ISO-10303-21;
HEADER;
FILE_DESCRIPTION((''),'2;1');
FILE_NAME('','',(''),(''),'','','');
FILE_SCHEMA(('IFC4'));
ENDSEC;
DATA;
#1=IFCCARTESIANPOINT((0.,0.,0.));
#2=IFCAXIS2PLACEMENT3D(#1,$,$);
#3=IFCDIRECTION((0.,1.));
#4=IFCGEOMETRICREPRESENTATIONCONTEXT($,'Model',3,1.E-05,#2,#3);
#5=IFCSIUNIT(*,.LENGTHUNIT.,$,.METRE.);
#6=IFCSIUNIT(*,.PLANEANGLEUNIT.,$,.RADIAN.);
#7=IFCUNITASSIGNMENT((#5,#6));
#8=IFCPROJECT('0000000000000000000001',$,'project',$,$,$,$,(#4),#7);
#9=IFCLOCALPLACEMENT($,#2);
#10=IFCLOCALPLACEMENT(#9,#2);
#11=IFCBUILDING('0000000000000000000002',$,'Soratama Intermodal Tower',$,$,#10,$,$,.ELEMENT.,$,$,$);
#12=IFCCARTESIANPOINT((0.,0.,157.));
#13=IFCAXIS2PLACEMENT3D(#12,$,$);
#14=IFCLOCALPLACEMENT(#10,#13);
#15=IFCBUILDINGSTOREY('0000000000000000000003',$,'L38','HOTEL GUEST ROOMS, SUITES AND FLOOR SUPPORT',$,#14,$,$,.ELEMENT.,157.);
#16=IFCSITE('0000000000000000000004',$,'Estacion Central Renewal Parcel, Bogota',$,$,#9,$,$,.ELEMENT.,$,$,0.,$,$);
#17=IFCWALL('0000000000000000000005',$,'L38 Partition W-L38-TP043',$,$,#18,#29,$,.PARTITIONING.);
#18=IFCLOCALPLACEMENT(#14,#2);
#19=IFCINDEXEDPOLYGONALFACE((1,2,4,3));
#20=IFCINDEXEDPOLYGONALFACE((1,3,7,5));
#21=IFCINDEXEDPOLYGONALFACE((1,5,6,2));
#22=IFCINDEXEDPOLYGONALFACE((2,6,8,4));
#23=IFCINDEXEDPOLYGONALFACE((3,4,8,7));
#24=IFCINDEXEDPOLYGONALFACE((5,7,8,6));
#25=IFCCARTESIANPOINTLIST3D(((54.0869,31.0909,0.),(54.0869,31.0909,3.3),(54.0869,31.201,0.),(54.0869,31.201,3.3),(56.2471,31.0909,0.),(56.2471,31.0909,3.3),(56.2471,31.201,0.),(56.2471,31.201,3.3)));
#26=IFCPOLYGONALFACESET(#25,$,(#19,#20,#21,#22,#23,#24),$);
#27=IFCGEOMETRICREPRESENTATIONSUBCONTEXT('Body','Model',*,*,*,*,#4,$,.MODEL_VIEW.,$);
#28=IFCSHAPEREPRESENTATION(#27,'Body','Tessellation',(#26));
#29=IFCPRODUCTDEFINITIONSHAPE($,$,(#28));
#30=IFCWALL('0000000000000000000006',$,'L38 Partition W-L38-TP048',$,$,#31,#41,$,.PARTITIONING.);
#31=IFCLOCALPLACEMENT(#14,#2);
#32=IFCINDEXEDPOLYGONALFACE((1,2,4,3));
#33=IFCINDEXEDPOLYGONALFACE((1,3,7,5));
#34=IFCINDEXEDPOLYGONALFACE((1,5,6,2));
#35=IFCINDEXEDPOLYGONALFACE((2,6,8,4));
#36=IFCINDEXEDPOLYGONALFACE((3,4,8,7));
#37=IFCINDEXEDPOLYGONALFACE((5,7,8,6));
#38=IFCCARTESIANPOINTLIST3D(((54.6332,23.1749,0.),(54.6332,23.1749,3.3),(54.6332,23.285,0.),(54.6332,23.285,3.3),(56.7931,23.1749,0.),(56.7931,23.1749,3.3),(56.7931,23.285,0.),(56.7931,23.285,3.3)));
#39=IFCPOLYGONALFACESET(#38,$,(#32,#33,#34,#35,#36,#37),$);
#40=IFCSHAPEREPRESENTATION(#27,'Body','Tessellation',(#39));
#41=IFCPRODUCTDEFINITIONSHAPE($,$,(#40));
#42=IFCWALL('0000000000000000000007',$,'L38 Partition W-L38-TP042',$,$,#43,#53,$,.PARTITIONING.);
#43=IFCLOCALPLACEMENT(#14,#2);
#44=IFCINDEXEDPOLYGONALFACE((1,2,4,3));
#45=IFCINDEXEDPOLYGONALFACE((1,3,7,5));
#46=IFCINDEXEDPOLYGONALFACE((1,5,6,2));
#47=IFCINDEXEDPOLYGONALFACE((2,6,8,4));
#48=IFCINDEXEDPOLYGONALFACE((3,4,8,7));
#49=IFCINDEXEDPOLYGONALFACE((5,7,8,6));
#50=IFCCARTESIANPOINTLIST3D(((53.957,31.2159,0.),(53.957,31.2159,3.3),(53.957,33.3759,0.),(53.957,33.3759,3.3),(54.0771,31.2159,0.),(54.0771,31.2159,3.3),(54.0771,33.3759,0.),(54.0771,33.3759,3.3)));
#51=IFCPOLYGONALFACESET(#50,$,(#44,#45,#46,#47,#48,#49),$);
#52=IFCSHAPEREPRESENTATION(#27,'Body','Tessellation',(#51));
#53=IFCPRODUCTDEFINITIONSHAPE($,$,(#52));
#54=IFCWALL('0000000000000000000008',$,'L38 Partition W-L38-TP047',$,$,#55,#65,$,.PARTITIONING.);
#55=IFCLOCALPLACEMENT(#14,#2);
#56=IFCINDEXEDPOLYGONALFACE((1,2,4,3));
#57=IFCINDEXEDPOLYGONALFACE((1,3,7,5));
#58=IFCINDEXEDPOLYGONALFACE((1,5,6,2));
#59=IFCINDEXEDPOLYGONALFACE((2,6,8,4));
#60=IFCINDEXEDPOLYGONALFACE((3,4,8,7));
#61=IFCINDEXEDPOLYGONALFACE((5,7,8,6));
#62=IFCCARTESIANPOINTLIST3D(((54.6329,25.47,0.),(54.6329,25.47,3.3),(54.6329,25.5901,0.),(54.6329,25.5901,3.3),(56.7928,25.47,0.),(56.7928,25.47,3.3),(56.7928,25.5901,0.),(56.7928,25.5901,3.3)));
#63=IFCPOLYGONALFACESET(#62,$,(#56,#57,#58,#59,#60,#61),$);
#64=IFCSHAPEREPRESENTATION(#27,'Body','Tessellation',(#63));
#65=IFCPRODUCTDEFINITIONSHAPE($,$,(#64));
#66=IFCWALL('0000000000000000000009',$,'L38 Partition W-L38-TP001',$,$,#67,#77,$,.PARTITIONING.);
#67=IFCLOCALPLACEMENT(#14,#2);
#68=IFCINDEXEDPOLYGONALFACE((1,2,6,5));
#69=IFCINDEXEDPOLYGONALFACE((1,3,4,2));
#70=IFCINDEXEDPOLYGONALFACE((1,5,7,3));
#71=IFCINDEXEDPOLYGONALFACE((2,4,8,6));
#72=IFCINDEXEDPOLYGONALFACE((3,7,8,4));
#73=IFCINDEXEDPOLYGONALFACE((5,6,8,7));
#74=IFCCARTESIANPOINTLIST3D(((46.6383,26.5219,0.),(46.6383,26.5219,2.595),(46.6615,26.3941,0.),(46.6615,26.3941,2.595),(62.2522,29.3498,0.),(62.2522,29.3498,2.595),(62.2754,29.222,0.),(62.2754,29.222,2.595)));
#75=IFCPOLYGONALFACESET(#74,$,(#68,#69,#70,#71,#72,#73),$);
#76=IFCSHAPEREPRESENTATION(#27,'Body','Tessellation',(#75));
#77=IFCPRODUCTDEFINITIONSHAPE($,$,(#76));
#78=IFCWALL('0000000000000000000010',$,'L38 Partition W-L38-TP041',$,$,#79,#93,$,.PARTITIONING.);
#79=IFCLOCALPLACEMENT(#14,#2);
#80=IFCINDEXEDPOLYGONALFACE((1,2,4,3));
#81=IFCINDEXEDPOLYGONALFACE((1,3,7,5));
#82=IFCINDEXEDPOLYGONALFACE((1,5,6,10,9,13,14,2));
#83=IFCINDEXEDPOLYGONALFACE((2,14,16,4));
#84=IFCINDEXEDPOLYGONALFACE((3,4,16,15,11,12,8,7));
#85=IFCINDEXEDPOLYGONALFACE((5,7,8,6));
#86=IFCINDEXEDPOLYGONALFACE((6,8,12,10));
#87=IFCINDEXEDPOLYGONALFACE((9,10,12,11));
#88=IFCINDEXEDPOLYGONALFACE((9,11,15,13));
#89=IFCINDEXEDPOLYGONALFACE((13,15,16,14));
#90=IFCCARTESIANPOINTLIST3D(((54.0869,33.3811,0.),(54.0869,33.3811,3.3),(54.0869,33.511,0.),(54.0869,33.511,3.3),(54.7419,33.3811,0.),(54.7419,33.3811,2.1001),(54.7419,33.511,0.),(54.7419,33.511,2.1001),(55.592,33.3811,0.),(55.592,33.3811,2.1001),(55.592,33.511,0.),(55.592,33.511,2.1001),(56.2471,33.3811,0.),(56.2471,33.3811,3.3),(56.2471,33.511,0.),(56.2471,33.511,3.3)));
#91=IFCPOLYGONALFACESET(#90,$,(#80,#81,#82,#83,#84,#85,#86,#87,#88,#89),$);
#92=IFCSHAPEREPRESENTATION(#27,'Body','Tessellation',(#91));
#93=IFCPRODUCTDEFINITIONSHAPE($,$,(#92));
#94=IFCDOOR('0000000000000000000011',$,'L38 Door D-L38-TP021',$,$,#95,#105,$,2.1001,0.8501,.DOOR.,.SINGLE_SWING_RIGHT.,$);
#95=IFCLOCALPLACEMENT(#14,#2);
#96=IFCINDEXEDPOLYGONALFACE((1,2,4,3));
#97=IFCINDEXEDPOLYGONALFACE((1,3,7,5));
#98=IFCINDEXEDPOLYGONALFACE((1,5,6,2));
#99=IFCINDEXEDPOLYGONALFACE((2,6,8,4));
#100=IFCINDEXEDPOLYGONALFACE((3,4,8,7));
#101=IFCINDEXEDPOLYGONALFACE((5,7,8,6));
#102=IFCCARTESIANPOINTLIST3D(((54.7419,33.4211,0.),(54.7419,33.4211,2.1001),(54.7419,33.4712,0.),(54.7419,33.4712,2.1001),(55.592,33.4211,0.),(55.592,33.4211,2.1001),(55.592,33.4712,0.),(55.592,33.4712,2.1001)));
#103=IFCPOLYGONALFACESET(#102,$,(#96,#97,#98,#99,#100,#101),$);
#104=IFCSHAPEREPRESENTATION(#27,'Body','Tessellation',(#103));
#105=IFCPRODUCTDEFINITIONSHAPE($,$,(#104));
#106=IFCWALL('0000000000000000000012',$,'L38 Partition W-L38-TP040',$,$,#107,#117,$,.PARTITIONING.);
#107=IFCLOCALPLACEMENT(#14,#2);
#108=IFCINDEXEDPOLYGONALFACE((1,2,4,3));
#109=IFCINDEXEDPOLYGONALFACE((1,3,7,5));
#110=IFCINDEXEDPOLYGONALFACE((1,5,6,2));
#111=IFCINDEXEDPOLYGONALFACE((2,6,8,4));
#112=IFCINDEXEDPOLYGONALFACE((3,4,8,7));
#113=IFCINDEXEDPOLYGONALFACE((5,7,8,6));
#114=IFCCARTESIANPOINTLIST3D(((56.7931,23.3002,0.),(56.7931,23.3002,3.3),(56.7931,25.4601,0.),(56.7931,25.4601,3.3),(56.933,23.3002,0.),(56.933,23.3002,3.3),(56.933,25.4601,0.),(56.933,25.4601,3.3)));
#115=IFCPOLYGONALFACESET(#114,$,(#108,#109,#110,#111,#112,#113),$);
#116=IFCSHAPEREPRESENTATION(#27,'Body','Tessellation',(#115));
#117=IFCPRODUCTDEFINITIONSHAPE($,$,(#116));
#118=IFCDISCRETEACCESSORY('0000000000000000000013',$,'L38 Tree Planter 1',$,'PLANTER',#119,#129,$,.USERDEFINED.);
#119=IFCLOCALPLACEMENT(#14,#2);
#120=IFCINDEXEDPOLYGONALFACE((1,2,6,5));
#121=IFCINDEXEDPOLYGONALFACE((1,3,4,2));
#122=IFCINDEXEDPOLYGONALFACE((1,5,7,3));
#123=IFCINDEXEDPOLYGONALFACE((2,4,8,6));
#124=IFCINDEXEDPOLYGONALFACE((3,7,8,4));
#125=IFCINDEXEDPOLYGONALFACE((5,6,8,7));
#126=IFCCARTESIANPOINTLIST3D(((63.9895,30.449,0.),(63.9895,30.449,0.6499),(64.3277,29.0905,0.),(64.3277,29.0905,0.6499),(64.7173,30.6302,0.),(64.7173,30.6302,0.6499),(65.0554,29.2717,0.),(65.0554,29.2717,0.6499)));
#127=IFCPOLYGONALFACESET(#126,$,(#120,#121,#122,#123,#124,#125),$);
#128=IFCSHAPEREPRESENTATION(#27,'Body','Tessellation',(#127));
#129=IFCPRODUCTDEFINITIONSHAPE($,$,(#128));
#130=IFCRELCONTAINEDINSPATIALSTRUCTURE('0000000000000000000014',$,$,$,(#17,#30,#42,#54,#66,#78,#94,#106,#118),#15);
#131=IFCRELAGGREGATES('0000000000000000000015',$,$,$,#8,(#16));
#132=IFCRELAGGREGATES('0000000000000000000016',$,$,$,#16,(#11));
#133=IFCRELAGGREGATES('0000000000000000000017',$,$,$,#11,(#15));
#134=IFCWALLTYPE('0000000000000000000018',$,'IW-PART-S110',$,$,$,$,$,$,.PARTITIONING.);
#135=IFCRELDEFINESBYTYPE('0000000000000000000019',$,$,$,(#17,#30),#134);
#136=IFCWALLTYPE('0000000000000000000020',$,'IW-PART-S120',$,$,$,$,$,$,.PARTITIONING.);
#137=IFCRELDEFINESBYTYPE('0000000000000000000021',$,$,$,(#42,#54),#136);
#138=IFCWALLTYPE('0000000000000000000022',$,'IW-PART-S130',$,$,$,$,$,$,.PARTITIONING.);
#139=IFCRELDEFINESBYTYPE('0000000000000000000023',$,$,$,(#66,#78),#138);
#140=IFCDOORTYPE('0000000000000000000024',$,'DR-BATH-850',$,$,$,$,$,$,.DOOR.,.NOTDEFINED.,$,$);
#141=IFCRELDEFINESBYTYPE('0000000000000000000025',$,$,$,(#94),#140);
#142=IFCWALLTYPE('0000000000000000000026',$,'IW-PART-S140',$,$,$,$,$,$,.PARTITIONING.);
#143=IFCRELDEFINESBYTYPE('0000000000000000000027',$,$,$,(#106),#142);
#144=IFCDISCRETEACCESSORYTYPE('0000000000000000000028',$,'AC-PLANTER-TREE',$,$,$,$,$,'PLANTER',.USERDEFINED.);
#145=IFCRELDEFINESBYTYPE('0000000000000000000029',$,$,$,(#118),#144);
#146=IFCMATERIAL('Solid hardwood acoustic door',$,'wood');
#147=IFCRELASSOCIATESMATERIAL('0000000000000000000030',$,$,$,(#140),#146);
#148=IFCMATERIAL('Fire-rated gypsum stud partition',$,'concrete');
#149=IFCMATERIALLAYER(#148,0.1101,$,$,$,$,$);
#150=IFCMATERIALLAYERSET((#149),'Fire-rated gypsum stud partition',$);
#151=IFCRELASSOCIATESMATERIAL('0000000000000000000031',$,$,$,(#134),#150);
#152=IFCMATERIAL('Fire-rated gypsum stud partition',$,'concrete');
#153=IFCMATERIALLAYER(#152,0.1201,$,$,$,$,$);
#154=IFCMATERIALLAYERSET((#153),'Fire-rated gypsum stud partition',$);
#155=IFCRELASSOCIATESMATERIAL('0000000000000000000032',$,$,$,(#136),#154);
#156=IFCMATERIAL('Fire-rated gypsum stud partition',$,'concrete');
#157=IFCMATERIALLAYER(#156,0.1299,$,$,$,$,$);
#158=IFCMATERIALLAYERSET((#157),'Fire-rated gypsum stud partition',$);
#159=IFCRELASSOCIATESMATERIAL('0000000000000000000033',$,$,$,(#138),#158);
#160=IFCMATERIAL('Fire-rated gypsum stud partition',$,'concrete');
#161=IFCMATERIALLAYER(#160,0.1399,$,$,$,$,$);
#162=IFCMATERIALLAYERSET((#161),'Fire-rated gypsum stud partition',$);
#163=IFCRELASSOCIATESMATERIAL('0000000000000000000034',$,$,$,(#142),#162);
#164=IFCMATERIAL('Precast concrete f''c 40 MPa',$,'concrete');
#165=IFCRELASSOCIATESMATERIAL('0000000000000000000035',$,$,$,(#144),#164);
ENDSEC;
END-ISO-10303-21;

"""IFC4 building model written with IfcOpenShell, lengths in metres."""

from ifc_helpers import new_model, si_unit, direction, frame, frame_2d, origin, origin_2d, place, context, subcontext, project, spatial, rectangle, extrude, material, layer, layer_set, type_object, element, fill, save


model = new_model("IFC4")

# Units and contexts
model_context = context("Model", 3, precision=1e-05, world=origin(), true_north=direction((0.0, 1.0)))
body_context = subcontext(model_context, "Body", "Model", "MODEL_VIEW")
ifc_project = project(units=[si_unit("LENGTHUNIT", "METRE"), si_unit("PLANEANGLEUNIT", "RADIAN")], contexts=[model_context])

# Site, building, storey
site_placement = place(None, origin())
site = spatial("IfcSite", under=ifc_project, at=site_placement, Name="Estacion Central Renewal Parcel, Bogota", CompositionType="ELEMENT", RefElevation=0.0)
building_placement = place(site_placement, origin())
building = spatial("IfcBuilding", under=site, at=building_placement, Name="Soratama Intermodal Tower", CompositionType="ELEMENT")
storey_placement = place(building_placement, frame((0.0, 0.0, 157.0)))
storey = spatial("IfcBuildingStorey", under=building, at=storey_placement, Name="L38", Description="HOTEL GUEST ROOMS, SUITES AND FLOOR SUPPORT", CompositionType="ELEMENT", Elevation=157.0)

# Shared definitions
ifc_material_1 = material(Name="Solid hardwood acoustic door", Category="wood")
door_type_1 = type_object("IfcDoorType", Name="DR-BATH-850", OperationType="NOTDEFINED", PredefinedType="DOOR", material=ifc_material_1)

# Walls
ifc_material_2 = material(Name="Fire-rated gypsum stud partition", Category="concrete")
ifc_layer_1 = layer(ifc_material_2, 0.1101)
ifc_layer_set_1 = layer_set([ifc_layer_1], Name="Fire-rated gypsum stud partition")
wall_type_1 = type_object("IfcWallType", Name="IW-PART-S110", PredefinedType="PARTITIONING", material=ifc_layer_set_1)
wall_1_placement = place(storey_placement, frame((54.0869, 31.146, 0.0), z_axis=(0.0, 0.0, 1.0), x_axis=(1.0, 0.0, 0.0)))
element("IfcWall", 1, at=wall_1_placement, inside=storey, type_object=wall_type_1, Name="L38 Partition W-L38-TP043", PredefinedType="PARTITIONING", context=body_context, shape_type="SweptSolid", body=[
    extrude(rectangle(XDim=2.1602, YDim=0.1101, at=frame_2d((1.0801, 0.0))), origin(), (0.0, 0.0, 1.0), 3.3),
])
wall_2_placement = place(storey_placement, frame((54.6331, 23.23, 0.0), z_axis=(0.0, 0.0, 1.0), x_axis=(1.0, 0.0, 0.0)))
element("IfcWall", 2, at=wall_2_placement, inside=storey, type_object=wall_type_1, Name="L38 Partition W-L38-TP048", PredefinedType="PARTITIONING", context=body_context, shape_type="SweptSolid", body=[
    extrude(rectangle(XDim=2.1599, YDim=0.1101, at=frame_2d((1.0801, 0.0))), origin(), (0.0, 0.0, 1.0), 3.3),
])
ifc_material_3 = material(Name="Fire-rated gypsum stud partition", Category="concrete")
ifc_layer_2 = layer(ifc_material_3, 0.1201)
ifc_layer_set_2 = layer_set([ifc_layer_2], Name="Fire-rated gypsum stud partition")
wall_type_2 = type_object("IfcWallType", Name="IW-PART-S120", PredefinedType="PARTITIONING", material=ifc_layer_set_2)
for number, where, z_axis, x_axis, name in (
    (3, (54.0171, 33.376, 0.0), (0.0, 0.0, 1.0), (0.0, -1.0, 0.0), "L38 Partition W-L38-TP042"),
    (4, (56.793, 25.53, 0.0), (0.0, 0.0, 1.0), (-1.0, 0.0, 0.0), "L38 Partition W-L38-TP047"),
):
    element("IfcWall", number, at=place(storey_placement, frame(where, z_axis=z_axis, x_axis=x_axis)), inside=storey, type_object=wall_type_2, Name=name, PredefinedType="PARTITIONING", context=body_context, shape_type="SweptSolid", body=[
        extrude(rectangle(XDim=2.1599, YDim=0.1201, at=frame_2d((1.0801, 0.0))), origin(), (0.0, 0.0, 1.0), 3.3),
    ])
ifc_material_4 = material(Name="Fire-rated gypsum stud partition", Category="concrete")
ifc_layer_3 = layer(ifc_material_4, 0.1299)
ifc_layer_set_3 = layer_set([ifc_layer_3], Name="Fire-rated gypsum stud partition")
wall_type_3 = type_object("IfcWallType", Name="IW-PART-S130", PredefinedType="PARTITIONING", material=ifc_layer_set_3)
wall_3_placement = place(storey_placement, frame((62.2639, 29.2859, 0.0), z_axis=(0.0, 0.0, 1.0), x_axis=(-0.983992, -0.178212, 0.0)))
element("IfcWall", 5, at=wall_3_placement, inside=storey, type_object=wall_type_3, Name="L38 Partition W-L38-TP001", PredefinedType="PARTITIONING", context=body_context, shape_type="SweptSolid", body=[
    extrude(rectangle(XDim=15.8679, YDim=0.1299, at=frame_2d((7.9341, 0.0))), origin(), (0.0, 0.0, 1.0), 2.595),
])

# Wall, opening, door
wall_4_placement = place(storey_placement, frame((56.2471, 33.446, 0.0), z_axis=(0.0, 0.0, 1.0), x_axis=(-1.0, 0.0, 0.0)))
wall_4 = element("IfcWall", 6, at=wall_4_placement, inside=storey, type_object=wall_type_3, Name="L38 Partition W-L38-TP041", PredefinedType="PARTITIONING", context=body_context, shape_type="SweptSolid", body=[
    extrude(rectangle(XDim=2.1602, YDim=0.1299, at=frame_2d((1.0801, 0.0))), origin(), (0.0, 0.0, 1.0), 3.3),
])
opening_1_placement = place(wall_4_placement, frame((0.655, 0.0, 0.0)))
opening_1 = element("IfcOpeningElement", 7, at=opening_1_placement, cuts=wall_4, PredefinedType="OPENING", context=body_context, shape_type="SweptSolid", body=[
    extrude(rectangle(XDim=0.8501, YDim=2.1001, at=frame_2d((0.425, 1.05))), frame((0.0, 0.075, 0.0), z_axis=(0.0, -1.0, 0.0), x_axis=(1.0, 0.0, 0.0)), (0.0, 0.0, 1.0), 0.1499),
])
door_1_placement = place(opening_1_placement, origin())
door_1 = element("IfcDoor", 8, at=door_1_placement, inside=storey, type_object=door_type_1, Name="L38 Door D-L38-TP021", OperationType="SINGLE_SWING_RIGHT", OverallHeight=2.1001, OverallWidth=0.8501, PredefinedType="DOOR", context=body_context, shape_type="SweptSolid", body=[
    extrude(rectangle(XDim=0.8501, YDim=2.1001, at=frame_2d((0.425, 1.05))), frame((0.0, 0.0249, 0.0), z_axis=(0.0, -1.0, 0.0), x_axis=(1.0, 0.0, 0.0)), (0.0, 0.0, 1.0), 0.05),
])
fill(opening_1, door_1)

# Wall
ifc_material_5 = material(Name="Fire-rated gypsum stud partition", Category="concrete")
ifc_layer_4 = layer(ifc_material_5, 0.1399)
ifc_layer_set_4 = layer_set([ifc_layer_4], Name="Fire-rated gypsum stud partition")
wall_type_4 = type_object("IfcWallType", Name="IW-PART-S140", PredefinedType="PARTITIONING", material=ifc_layer_set_4)
wall_5_placement = place(storey_placement, frame((56.863, 23.3, 0.0), z_axis=(0.0, 0.0, 1.0), x_axis=(0.0, 1.0, 0.0)))
element("IfcWall", 9, at=wall_5_placement, inside=storey, type_object=wall_type_4, Name="L38 Partition W-L38-TP040", PredefinedType="PARTITIONING", context=body_context, shape_type="SweptSolid", body=[
    extrude(rectangle(XDim=2.1599, YDim=0.1399, at=frame_2d((1.0801, 0.0))), origin(), (0.0, 0.0, 1.0), 3.3),
])

# Discrete accessory
ifc_material_6 = material(Name="Precast concrete f'c 40 MPa", Category="concrete")
discrete_accessory_type = type_object("IfcDiscreteAccessoryType", Name="AC-PLANTER-TREE", ElementType="PLANTER", PredefinedType="USERDEFINED", material=ifc_material_6)
discrete_accessory_placement = place(storey_placement, frame((64.5225, 29.8604, 0.0), z_axis=(0.0, 0.0, 1.0), x_axis=(0.97038, 0.241583, 0.0)))
element("IfcDiscreteAccessory", 10, at=discrete_accessory_placement, inside=storey, type_object=discrete_accessory_type, Name="L38 Tree Planter 1", ObjectType="PLANTER", PredefinedType="USERDEFINED", context=body_context, shape_type="SweptSolid", body=[
    extrude(rectangle(XDim=0.75, YDim=1.3999, at=origin_2d()), origin(), (0.0, 0.0, 1.0), 0.6499),
])

save(model, "model.ifc")
